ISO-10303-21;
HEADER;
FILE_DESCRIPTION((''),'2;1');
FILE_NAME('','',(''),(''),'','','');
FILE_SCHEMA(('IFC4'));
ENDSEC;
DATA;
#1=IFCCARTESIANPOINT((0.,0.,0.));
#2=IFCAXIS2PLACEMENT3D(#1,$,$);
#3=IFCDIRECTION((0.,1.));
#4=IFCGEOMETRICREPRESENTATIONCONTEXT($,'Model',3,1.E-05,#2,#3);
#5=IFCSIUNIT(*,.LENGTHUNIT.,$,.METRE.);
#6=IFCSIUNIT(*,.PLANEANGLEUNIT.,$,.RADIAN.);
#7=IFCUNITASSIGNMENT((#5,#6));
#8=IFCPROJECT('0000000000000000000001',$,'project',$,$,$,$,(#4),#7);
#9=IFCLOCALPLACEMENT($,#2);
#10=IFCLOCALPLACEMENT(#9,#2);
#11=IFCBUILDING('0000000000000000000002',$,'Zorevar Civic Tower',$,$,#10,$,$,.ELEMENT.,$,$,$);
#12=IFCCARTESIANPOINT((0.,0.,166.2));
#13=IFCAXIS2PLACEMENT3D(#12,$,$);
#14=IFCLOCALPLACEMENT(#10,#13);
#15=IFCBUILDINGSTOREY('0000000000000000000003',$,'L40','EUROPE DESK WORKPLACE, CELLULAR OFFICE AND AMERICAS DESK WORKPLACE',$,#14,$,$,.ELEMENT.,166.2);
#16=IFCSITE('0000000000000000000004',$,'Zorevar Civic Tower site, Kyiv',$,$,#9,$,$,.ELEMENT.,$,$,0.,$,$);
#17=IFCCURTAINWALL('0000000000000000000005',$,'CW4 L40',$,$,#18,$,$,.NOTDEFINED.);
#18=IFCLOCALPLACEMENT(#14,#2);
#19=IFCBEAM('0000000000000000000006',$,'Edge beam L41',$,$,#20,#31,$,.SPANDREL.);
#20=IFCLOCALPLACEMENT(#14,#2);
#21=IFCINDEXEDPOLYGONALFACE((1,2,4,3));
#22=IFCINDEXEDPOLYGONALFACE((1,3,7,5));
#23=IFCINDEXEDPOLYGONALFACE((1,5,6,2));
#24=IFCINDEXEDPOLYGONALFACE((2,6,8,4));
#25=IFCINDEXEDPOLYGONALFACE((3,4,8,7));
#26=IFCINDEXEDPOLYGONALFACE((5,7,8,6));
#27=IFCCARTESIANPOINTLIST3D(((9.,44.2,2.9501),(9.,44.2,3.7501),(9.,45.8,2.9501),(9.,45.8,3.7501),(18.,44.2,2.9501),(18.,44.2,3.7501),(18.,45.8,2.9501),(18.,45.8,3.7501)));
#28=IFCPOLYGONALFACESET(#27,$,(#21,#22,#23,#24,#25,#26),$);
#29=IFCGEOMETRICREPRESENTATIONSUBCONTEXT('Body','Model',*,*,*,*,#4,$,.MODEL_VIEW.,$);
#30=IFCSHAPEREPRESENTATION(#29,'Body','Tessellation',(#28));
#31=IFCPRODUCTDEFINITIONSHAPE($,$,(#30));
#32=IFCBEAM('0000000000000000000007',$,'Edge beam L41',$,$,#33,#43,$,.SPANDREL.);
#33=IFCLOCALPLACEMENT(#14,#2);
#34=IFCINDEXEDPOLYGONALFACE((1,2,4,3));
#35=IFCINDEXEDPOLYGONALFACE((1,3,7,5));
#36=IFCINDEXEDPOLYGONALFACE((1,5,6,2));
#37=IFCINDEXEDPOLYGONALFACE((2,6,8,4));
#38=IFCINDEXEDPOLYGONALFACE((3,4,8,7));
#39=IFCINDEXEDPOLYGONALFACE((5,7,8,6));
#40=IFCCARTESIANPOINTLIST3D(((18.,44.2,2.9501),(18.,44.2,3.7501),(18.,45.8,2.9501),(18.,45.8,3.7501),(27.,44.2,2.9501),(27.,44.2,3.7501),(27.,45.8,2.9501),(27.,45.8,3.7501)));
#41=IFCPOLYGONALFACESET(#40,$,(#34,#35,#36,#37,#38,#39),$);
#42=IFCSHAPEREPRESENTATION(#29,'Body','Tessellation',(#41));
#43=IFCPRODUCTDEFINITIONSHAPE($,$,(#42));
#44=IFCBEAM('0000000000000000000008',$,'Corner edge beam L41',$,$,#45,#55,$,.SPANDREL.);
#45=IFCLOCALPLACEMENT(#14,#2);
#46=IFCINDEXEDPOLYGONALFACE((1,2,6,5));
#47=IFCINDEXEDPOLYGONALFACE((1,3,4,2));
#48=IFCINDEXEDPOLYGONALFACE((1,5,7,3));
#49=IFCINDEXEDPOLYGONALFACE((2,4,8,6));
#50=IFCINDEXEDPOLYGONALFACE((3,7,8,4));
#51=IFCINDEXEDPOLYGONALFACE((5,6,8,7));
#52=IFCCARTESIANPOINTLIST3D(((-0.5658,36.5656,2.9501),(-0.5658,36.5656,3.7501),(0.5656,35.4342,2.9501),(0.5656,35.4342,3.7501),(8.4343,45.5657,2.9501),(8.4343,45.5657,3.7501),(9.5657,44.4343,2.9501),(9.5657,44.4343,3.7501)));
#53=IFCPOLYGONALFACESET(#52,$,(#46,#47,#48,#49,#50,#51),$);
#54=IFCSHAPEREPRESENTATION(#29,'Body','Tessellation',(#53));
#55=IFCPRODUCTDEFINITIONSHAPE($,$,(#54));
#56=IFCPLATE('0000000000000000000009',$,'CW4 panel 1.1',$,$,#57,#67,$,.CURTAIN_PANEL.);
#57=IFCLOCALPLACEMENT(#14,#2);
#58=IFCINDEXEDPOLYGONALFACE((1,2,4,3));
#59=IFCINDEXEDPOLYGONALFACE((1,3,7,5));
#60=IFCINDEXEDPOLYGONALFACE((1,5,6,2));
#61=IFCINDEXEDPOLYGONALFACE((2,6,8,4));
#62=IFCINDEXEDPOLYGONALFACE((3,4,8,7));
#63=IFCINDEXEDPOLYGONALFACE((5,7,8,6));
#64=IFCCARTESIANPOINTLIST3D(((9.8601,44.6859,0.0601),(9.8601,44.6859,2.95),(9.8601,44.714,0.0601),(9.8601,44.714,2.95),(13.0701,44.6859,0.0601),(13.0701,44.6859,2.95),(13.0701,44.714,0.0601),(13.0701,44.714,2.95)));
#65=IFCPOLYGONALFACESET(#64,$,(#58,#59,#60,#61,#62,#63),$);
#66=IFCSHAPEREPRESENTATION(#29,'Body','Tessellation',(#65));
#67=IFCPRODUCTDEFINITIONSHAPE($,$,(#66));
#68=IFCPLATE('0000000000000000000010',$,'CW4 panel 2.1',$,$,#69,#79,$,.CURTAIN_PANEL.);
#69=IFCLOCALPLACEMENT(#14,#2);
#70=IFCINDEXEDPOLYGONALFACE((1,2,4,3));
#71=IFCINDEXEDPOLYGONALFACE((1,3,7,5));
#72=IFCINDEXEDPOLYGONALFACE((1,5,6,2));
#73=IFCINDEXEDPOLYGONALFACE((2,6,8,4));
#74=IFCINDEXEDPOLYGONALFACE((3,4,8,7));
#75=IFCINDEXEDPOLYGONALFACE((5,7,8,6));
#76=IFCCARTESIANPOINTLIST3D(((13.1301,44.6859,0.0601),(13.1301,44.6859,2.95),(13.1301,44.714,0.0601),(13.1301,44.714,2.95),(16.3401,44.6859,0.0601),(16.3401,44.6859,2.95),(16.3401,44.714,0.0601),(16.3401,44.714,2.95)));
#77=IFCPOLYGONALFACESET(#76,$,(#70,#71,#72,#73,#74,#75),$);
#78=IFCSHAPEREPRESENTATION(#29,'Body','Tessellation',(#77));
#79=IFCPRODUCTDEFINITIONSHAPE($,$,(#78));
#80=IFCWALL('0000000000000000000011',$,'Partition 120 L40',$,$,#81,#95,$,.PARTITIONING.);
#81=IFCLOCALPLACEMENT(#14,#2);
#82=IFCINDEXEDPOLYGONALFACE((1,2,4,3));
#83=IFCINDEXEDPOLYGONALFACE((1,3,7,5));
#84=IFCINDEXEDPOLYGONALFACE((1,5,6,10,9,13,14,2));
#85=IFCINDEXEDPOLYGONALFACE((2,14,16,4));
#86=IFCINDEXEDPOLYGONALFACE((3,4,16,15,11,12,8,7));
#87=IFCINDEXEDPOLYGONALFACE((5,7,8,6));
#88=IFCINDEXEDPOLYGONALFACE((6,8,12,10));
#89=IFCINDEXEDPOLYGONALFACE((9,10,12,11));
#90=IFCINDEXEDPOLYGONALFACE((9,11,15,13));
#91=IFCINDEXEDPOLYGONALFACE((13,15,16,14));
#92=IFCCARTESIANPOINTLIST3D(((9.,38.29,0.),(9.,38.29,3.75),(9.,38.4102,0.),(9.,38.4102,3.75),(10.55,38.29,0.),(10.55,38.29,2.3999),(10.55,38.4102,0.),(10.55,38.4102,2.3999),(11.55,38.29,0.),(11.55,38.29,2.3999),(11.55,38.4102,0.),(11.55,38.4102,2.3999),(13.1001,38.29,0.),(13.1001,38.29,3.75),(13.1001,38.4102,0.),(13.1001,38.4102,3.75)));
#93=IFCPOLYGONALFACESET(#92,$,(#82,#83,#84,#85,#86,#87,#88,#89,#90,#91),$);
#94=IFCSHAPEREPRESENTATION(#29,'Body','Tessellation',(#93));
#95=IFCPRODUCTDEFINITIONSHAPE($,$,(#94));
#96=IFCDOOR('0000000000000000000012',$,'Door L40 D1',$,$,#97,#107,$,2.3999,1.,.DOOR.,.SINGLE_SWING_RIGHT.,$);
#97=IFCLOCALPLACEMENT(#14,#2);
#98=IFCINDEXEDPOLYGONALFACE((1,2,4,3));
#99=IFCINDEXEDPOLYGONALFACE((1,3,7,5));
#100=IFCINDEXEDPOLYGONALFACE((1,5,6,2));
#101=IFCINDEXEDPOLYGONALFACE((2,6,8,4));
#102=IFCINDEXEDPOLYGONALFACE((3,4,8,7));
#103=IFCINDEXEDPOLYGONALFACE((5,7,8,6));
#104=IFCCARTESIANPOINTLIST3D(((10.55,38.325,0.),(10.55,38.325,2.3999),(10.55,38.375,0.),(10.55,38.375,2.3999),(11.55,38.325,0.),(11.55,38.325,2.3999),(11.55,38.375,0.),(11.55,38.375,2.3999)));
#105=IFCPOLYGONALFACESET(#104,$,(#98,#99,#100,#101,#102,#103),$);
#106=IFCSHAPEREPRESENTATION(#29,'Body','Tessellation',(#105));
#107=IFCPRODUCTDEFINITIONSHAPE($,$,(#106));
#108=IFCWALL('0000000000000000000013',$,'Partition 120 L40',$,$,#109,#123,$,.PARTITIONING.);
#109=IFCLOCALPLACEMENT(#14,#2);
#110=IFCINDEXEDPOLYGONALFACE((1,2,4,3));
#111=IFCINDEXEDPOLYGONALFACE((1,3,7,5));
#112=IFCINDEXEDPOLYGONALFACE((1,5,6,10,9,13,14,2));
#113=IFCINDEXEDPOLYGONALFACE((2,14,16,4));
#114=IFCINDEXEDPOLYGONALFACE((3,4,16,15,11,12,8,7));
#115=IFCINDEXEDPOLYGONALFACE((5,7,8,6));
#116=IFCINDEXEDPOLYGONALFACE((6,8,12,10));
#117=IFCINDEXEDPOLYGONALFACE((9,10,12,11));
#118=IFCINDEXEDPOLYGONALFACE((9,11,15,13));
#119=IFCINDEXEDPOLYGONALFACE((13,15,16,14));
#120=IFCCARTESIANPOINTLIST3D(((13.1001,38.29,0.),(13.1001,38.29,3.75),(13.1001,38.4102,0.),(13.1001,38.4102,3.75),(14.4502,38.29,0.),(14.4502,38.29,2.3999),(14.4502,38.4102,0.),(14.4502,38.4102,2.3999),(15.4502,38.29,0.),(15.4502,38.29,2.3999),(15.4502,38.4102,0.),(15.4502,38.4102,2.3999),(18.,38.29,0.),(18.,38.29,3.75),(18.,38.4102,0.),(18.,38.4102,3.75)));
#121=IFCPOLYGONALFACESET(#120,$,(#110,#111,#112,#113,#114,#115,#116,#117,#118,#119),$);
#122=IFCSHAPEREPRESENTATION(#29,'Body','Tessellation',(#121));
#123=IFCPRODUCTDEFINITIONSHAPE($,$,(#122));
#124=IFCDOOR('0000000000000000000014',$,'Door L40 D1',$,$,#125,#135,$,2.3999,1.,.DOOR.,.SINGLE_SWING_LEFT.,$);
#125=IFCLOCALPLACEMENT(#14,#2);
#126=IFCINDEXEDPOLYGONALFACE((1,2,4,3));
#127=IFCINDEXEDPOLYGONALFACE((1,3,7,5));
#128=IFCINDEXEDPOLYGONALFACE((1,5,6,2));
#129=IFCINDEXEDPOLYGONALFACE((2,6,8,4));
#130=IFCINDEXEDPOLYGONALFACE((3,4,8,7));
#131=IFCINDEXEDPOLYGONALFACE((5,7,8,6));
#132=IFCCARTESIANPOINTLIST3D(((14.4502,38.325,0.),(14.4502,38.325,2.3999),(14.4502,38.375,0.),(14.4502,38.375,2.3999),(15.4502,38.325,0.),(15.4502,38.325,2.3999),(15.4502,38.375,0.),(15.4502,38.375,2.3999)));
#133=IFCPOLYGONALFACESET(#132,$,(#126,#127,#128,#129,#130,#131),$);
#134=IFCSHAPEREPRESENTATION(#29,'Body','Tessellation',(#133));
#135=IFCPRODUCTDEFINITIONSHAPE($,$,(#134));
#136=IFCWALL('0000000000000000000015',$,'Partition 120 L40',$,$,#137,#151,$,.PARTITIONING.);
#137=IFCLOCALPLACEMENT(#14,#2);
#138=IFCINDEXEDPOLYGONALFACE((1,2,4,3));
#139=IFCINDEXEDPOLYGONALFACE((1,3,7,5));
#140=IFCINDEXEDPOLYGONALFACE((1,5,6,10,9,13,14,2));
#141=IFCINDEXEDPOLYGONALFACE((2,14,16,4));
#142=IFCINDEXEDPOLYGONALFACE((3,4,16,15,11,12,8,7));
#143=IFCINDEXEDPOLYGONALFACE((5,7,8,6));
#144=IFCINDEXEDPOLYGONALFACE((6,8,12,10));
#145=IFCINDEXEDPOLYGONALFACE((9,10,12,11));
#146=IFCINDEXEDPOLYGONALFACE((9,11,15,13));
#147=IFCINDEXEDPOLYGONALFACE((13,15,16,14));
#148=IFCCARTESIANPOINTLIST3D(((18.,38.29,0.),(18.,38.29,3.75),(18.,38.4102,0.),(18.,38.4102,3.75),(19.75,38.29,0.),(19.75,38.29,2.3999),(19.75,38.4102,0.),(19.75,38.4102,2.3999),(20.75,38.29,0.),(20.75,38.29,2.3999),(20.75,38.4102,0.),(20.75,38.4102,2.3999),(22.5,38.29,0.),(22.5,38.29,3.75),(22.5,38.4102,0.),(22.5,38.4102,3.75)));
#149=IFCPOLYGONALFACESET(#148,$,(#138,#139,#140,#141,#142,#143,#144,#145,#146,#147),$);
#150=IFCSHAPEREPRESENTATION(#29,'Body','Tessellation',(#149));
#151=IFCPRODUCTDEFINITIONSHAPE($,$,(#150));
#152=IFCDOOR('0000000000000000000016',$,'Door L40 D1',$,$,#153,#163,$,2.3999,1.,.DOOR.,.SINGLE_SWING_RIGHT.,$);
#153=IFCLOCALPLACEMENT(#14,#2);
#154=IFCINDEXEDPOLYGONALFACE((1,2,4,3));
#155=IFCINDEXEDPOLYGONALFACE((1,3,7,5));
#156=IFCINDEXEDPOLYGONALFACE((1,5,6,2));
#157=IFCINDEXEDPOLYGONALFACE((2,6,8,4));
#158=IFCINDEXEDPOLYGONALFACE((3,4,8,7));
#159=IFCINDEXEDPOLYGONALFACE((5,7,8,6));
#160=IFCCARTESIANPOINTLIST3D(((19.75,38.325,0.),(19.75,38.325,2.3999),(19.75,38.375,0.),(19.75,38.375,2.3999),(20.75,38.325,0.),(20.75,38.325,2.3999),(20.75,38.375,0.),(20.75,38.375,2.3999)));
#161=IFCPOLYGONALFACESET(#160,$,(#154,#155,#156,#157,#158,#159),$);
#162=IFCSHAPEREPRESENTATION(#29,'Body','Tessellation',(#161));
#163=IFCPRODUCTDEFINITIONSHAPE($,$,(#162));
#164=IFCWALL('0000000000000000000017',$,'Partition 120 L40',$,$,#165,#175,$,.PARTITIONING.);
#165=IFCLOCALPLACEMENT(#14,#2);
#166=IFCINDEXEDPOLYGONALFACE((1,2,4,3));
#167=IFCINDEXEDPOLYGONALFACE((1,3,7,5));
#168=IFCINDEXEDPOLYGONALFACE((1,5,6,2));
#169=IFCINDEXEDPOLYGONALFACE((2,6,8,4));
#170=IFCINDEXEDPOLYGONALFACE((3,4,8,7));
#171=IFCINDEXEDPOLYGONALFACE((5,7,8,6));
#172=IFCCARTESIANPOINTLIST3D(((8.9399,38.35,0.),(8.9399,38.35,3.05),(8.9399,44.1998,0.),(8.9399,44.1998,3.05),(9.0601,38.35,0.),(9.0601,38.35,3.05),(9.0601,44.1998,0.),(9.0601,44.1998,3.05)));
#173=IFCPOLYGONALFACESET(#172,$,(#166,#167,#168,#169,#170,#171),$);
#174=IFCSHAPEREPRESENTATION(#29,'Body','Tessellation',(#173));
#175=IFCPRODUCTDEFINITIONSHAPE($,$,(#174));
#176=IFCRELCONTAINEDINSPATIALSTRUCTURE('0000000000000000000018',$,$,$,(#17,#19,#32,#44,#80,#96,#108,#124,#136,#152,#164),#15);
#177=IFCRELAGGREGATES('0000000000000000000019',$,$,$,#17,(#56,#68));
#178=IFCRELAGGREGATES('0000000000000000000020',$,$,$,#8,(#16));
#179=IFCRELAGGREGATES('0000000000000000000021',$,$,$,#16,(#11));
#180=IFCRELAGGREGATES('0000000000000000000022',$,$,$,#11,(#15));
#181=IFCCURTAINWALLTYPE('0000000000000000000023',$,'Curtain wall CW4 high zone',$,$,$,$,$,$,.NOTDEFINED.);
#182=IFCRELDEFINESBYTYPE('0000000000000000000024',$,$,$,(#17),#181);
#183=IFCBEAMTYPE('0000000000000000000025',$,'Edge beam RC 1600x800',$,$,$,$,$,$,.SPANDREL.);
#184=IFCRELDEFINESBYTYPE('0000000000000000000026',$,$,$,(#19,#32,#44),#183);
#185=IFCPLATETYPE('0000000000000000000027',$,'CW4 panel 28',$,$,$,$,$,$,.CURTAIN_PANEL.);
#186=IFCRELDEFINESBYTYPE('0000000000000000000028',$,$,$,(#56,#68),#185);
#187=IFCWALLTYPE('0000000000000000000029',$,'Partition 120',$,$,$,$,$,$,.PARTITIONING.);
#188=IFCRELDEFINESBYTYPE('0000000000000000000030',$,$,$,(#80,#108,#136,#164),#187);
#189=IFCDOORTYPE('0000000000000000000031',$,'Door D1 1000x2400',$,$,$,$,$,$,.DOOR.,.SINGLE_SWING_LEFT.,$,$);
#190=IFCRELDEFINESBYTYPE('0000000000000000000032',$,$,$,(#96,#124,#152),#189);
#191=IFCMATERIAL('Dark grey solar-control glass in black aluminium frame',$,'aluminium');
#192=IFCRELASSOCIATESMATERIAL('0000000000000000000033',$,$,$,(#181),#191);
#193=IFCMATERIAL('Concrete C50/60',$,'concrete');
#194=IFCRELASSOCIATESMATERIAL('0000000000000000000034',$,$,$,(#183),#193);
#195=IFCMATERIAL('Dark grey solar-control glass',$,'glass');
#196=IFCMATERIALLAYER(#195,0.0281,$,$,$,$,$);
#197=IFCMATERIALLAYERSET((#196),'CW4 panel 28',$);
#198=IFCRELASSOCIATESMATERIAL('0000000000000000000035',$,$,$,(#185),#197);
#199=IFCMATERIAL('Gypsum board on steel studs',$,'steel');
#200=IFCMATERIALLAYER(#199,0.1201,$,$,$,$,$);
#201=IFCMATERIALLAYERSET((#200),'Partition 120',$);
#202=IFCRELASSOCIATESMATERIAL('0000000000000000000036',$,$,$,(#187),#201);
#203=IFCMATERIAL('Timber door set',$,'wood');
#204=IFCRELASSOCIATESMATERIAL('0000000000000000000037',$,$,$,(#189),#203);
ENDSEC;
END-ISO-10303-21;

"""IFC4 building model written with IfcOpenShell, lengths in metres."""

from ifc_helpers import new_model, si_unit, direction, frame, frame_2d, origin, origin_2d, place, context, subcontext, project, spatial, rectangle, extrude, material, layer, layer_set, material_profile, profile_set, type_object, element, fill, aggregate, save


model = new_model("IFC4")

# Units and contexts
model_context = context("Model", 3, precision=1e-05, world=origin(), true_north=direction((0.0, 1.0)))
body_context = subcontext(model_context, "Body", "Model", "MODEL_VIEW")
ifc_project = project(units=[si_unit("LENGTHUNIT", "METRE"), si_unit("PLANEANGLEUNIT", "RADIAN")], contexts=[model_context])

# Site, building, storey
site_placement = place(None, origin())
site = spatial("IfcSite", under=ifc_project, at=site_placement, Name="Zorevar Civic Tower site, Kyiv", CompositionType="ELEMENT", RefElevation=0.0)
building_placement = place(site_placement, origin())
building = spatial("IfcBuilding", under=site, at=building_placement, Name="Zorevar Civic Tower", CompositionType="ELEMENT")
storey_placement = place(building_placement, frame((0.0, 0.0, 166.2)))
storey = spatial("IfcBuildingStorey", under=building, at=storey_placement, Name="L40", Description="EUROPE DESK WORKPLACE, CELLULAR OFFICE AND AMERICAS DESK WORKPLACE", CompositionType="ELEMENT", Elevation=166.2)

# Curtain wall
ifc_material_1 = material(Name="Dark grey solar-control glass in black aluminium frame", Category="aluminium")
curtain_wall_type = type_object("IfcCurtainWallType", Name="Curtain wall CW4 high zone", PredefinedType="NOTDEFINED", material=ifc_material_1)
curtain_wall_placement = place(storey_placement, origin())
curtain_wall = element("IfcCurtainWall", 1, at=curtain_wall_placement, inside=storey, type_object=curtain_wall_type, Name="CW4 L40", PredefinedType="NOTDEFINED")

# Beams
ifc_material_2 = material(Name="Concrete C50/60", Category="concrete")
ifc_material_profile_1 = material_profile(ifc_material_2, rectangle(XDim=1.6001, YDim=0.8, at=origin_2d()), Name="RC 1600x800")
ifc_profile_set_1 = profile_set([ifc_material_profile_1], Name="Concrete C50/60")
beam_type_1 = type_object("IfcBeamType", Name="Edge beam RC 1600x800", PredefinedType="SPANDREL", material=ifc_profile_set_1)
for number, where, z_axis, x_axis, name in (
    (2, (9.0, 45.0, 3.3501), (1.0, 0.0, 0.0), (0.0, 1.0, 0.0), "Edge beam L41"),
    (3, (18.0, 45.0, 3.3501), (1.0, 0.0, 0.0), (0.0, 1.0, 0.0), "Edge beam L41"),
):
    element("IfcBeam", number, at=place(storey_placement, frame(where, z_axis=z_axis, x_axis=x_axis)), inside=storey, type_object=beam_type_1, Name=name, PredefinedType="SPANDREL", context=body_context, shape_type="SweptSolid", body=[
        extrude(rectangle(XDim=1.6001, YDim=0.8, at=origin_2d()), origin(), (0.0, 0.0, 1.0), 9.0),
    ])
beam_1_placement = place(storey_placement, frame((9.0, 45.0, 3.3501), z_axis=(-0.707107, -0.707107, 0.0), x_axis=(0.707107, -0.707107, 0.0)))
element("IfcBeam", 4, at=beam_1_placement, inside=storey, type_object=beam_type_1, Name="Corner edge beam L41", PredefinedType="SPANDREL", context=body_context, shape_type="SweptSolid", body=[
    extrude(rectangle(XDim=1.6001, YDim=0.8, at=origin_2d()), origin(), (0.0, 0.0, 1.0), 12.728),
])

# Plates
ifc_material_3 = material(Name="Dark grey solar-control glass", Category="glass")
ifc_layer_1 = layer(ifc_material_3, 0.0281)
ifc_layer_set_1 = layer_set([ifc_layer_1], Name="CW4 panel 28")
plate_type = type_object("IfcPlateType", Name="CW4 panel 28", PredefinedType="CURTAIN_PANEL", material=ifc_layer_set_1)
plate_1_placement = place(storey_placement, frame((11.4651, 44.7, 0.0601), z_axis=(0.0, 0.0, 1.0), x_axis=(1.0, 0.0, 0.0)))
plate_1 = element("IfcPlate", 5, at=plate_1_placement, type_object=plate_type, Name="CW4 panel 1.1", PredefinedType="CURTAIN_PANEL", context=body_context, shape_type="SweptSolid", body=[
    extrude(rectangle(XDim=3.21, YDim=0.0281, at=origin_2d()), origin(), (0.0, 0.0, 1.0), 2.8899),
])
plate_2_placement = place(storey_placement, frame((14.7351, 44.7, 0.0601), z_axis=(0.0, 0.0, 1.0), x_axis=(1.0, 0.0, 0.0)))
plate_2 = element("IfcPlate", 6, at=plate_2_placement, type_object=plate_type, Name="CW4 panel 2.1", PredefinedType="CURTAIN_PANEL", context=body_context, shape_type="SweptSolid", body=[
    extrude(rectangle(XDim=3.21, YDim=0.0281, at=origin_2d()), origin(), (0.0, 0.0, 1.0), 2.8899),
])
aggregate(curtain_wall, [plate_1, plate_2])

# Walls, openings, doors
ifc_material_4 = material(Name="Gypsum board on steel studs", Category="steel")
ifc_layer_2 = layer(ifc_material_4, 0.1201)
ifc_layer_set_2 = layer_set([ifc_layer_2], Name="Partition 120")
wall_type_1 = type_object("IfcWallType", Name="Partition 120", PredefinedType="PARTITIONING", material=ifc_layer_set_2)
wall_1_placement = place(storey_placement, frame((9.0, 38.3501, 0.0), z_axis=(0.0, 0.0, 1.0), x_axis=(1.0, 0.0, 0.0)))
wall_1 = element("IfcWall", 7, at=wall_1_placement, inside=storey, type_object=wall_type_1, Name="Partition 120 L40", PredefinedType="PARTITIONING", context=body_context, shape_type="SweptSolid", body=[
    extrude(rectangle(XDim=4.1001, YDim=0.1201, at=frame_2d((2.05, 0.0))), origin(), (0.0, 0.0, 1.0), 3.75),
])
opening_1_placement = place(wall_1_placement, frame((1.55, 0.0, 0.0)))
opening_1 = element("IfcOpeningElement", 8, at=opening_1_placement, cuts=wall_1, PredefinedType="OPENING", context=body_context, shape_type="SweptSolid", body=[
    extrude(rectangle(XDim=1.0, YDim=2.3999, at=frame_2d((0.5, 1.2))), frame((0.0, 0.0701, 0.0), z_axis=(0.0, -1.0, 0.0), x_axis=(1.0, 0.0, 0.0)), (0.0, 0.0, 1.0), 0.1401),
])
ifc_material_5 = material(Name="Timber door set", Category="wood")
door_type_1 = type_object("IfcDoorType", Name="Door D1 1000x2400", OperationType="SINGLE_SWING_LEFT", PredefinedType="DOOR", material=ifc_material_5)
door_1_placement = place(opening_1_placement, origin())
door_1 = element("IfcDoor", 9, at=door_1_placement, inside=storey, type_object=door_type_1, Name="Door L40 D1", OperationType="SINGLE_SWING_RIGHT", OverallHeight=2.3999, OverallWidth=1.0, PredefinedType="DOOR", context=body_context, shape_type="SweptSolid", body=[
    extrude(rectangle(XDim=1.0, YDim=2.3999, at=frame_2d((0.5, 1.2))), frame((0.0, 0.0249, 0.0), z_axis=(0.0, -1.0, 0.0), x_axis=(1.0, 0.0, 0.0)), (0.0, 0.0, 1.0), 0.05),
])
fill(opening_1, door_1)
wall_2_placement = place(storey_placement, frame((13.1001, 38.3501, 0.0), z_axis=(0.0, 0.0, 1.0), x_axis=(1.0, 0.0, 0.0)))
wall_2 = element("IfcWall", 10, at=wall_2_placement, inside=storey, type_object=wall_type_1, Name="Partition 120 L40", PredefinedType="PARTITIONING", context=body_context, shape_type="SweptSolid", body=[
    extrude(rectangle(XDim=4.8999, YDim=0.1201, at=frame_2d((2.45, 0.0))), origin(), (0.0, 0.0, 1.0), 3.75),
])
opening_2_placement = place(wall_2_placement, frame((1.3501, 0.0, 0.0)))
opening_2 = element("IfcOpeningElement", 11, at=opening_2_placement, cuts=wall_2, PredefinedType="OPENING", context=body_context, shape_type="SweptSolid", body=[
    extrude(rectangle(XDim=1.0, YDim=2.3999, at=frame_2d((0.5, 1.2))), frame((0.0, 0.0701, 0.0), z_axis=(0.0, -1.0, 0.0), x_axis=(1.0, 0.0, 0.0)), (0.0, 0.0, 1.0), 0.1401),
])
door_2_placement = place(opening_2_placement, origin())
door_2 = element("IfcDoor", 12, at=door_2_placement, inside=storey, type_object=door_type_1, Name="Door L40 D1", OperationType="SINGLE_SWING_LEFT", OverallHeight=2.3999, OverallWidth=1.0, PredefinedType="DOOR", context=body_context, shape_type="SweptSolid", body=[
    extrude(rectangle(XDim=1.0, YDim=2.3999, at=frame_2d((0.5, 1.2))), frame((0.0, 0.0249, 0.0), z_axis=(0.0, -1.0, 0.0), x_axis=(1.0, 0.0, 0.0)), (0.0, 0.0, 1.0), 0.05),
])
fill(opening_2, door_2)
wall_3_placement = place(storey_placement, frame((18.0, 38.3501, 0.0), z_axis=(0.0, 0.0, 1.0), x_axis=(1.0, 0.0, 0.0)))
wall_3 = element("IfcWall", 13, at=wall_3_placement, inside=storey, type_object=wall_type_1, Name="Partition 120 L40", PredefinedType="PARTITIONING", context=body_context, shape_type="SweptSolid", body=[
    extrude(rectangle(XDim=4.5, YDim=0.1201, at=frame_2d((2.25, 0.0))), origin(), (0.0, 0.0, 1.0), 3.75),
])
opening_3_placement = place(wall_3_placement, frame((1.75, 0.0, 0.0)))
opening_3 = element("IfcOpeningElement", 14, at=opening_3_placement, cuts=wall_3, PredefinedType="OPENING", context=body_context, shape_type="SweptSolid", body=[
    extrude(rectangle(XDim=1.0, YDim=2.3999, at=frame_2d((0.5, 1.2))), frame((0.0, 0.0701, 0.0), z_axis=(0.0, -1.0, 0.0), x_axis=(1.0, 0.0, 0.0)), (0.0, 0.0, 1.0), 0.1401),
])
door_3_placement = place(opening_3_placement, origin())
door_3 = element("IfcDoor", 15, at=door_3_placement, inside=storey, type_object=door_type_1, Name="Door L40 D1", OperationType="SINGLE_SWING_RIGHT", OverallHeight=2.3999, OverallWidth=1.0, PredefinedType="DOOR", context=body_context, shape_type="SweptSolid", body=[
    extrude(rectangle(XDim=1.0, YDim=2.3999, at=frame_2d((0.5, 1.2))), frame((0.0, 0.0249, 0.0), z_axis=(0.0, -1.0, 0.0), x_axis=(1.0, 0.0, 0.0)), (0.0, 0.0, 1.0), 0.05),
])
fill(opening_3, door_3)

# Wall
wall_4_placement = place(storey_placement, frame((9.0, 38.3501, 0.0), z_axis=(0.0, 0.0, 1.0), x_axis=(0.0, 1.0, 0.0)))
element("IfcWall", 16, at=wall_4_placement, inside=storey, type_object=wall_type_1, Name="Partition 120 L40", PredefinedType="PARTITIONING", context=body_context, shape_type="SweptSolid", body=[
    extrude(rectangle(XDim=5.8499, YDim=0.1201, at=frame_2d((2.9248, 0.0))), origin(), (0.0, 0.0, 1.0), 3.05),
])

save(model, "model.ifc")
